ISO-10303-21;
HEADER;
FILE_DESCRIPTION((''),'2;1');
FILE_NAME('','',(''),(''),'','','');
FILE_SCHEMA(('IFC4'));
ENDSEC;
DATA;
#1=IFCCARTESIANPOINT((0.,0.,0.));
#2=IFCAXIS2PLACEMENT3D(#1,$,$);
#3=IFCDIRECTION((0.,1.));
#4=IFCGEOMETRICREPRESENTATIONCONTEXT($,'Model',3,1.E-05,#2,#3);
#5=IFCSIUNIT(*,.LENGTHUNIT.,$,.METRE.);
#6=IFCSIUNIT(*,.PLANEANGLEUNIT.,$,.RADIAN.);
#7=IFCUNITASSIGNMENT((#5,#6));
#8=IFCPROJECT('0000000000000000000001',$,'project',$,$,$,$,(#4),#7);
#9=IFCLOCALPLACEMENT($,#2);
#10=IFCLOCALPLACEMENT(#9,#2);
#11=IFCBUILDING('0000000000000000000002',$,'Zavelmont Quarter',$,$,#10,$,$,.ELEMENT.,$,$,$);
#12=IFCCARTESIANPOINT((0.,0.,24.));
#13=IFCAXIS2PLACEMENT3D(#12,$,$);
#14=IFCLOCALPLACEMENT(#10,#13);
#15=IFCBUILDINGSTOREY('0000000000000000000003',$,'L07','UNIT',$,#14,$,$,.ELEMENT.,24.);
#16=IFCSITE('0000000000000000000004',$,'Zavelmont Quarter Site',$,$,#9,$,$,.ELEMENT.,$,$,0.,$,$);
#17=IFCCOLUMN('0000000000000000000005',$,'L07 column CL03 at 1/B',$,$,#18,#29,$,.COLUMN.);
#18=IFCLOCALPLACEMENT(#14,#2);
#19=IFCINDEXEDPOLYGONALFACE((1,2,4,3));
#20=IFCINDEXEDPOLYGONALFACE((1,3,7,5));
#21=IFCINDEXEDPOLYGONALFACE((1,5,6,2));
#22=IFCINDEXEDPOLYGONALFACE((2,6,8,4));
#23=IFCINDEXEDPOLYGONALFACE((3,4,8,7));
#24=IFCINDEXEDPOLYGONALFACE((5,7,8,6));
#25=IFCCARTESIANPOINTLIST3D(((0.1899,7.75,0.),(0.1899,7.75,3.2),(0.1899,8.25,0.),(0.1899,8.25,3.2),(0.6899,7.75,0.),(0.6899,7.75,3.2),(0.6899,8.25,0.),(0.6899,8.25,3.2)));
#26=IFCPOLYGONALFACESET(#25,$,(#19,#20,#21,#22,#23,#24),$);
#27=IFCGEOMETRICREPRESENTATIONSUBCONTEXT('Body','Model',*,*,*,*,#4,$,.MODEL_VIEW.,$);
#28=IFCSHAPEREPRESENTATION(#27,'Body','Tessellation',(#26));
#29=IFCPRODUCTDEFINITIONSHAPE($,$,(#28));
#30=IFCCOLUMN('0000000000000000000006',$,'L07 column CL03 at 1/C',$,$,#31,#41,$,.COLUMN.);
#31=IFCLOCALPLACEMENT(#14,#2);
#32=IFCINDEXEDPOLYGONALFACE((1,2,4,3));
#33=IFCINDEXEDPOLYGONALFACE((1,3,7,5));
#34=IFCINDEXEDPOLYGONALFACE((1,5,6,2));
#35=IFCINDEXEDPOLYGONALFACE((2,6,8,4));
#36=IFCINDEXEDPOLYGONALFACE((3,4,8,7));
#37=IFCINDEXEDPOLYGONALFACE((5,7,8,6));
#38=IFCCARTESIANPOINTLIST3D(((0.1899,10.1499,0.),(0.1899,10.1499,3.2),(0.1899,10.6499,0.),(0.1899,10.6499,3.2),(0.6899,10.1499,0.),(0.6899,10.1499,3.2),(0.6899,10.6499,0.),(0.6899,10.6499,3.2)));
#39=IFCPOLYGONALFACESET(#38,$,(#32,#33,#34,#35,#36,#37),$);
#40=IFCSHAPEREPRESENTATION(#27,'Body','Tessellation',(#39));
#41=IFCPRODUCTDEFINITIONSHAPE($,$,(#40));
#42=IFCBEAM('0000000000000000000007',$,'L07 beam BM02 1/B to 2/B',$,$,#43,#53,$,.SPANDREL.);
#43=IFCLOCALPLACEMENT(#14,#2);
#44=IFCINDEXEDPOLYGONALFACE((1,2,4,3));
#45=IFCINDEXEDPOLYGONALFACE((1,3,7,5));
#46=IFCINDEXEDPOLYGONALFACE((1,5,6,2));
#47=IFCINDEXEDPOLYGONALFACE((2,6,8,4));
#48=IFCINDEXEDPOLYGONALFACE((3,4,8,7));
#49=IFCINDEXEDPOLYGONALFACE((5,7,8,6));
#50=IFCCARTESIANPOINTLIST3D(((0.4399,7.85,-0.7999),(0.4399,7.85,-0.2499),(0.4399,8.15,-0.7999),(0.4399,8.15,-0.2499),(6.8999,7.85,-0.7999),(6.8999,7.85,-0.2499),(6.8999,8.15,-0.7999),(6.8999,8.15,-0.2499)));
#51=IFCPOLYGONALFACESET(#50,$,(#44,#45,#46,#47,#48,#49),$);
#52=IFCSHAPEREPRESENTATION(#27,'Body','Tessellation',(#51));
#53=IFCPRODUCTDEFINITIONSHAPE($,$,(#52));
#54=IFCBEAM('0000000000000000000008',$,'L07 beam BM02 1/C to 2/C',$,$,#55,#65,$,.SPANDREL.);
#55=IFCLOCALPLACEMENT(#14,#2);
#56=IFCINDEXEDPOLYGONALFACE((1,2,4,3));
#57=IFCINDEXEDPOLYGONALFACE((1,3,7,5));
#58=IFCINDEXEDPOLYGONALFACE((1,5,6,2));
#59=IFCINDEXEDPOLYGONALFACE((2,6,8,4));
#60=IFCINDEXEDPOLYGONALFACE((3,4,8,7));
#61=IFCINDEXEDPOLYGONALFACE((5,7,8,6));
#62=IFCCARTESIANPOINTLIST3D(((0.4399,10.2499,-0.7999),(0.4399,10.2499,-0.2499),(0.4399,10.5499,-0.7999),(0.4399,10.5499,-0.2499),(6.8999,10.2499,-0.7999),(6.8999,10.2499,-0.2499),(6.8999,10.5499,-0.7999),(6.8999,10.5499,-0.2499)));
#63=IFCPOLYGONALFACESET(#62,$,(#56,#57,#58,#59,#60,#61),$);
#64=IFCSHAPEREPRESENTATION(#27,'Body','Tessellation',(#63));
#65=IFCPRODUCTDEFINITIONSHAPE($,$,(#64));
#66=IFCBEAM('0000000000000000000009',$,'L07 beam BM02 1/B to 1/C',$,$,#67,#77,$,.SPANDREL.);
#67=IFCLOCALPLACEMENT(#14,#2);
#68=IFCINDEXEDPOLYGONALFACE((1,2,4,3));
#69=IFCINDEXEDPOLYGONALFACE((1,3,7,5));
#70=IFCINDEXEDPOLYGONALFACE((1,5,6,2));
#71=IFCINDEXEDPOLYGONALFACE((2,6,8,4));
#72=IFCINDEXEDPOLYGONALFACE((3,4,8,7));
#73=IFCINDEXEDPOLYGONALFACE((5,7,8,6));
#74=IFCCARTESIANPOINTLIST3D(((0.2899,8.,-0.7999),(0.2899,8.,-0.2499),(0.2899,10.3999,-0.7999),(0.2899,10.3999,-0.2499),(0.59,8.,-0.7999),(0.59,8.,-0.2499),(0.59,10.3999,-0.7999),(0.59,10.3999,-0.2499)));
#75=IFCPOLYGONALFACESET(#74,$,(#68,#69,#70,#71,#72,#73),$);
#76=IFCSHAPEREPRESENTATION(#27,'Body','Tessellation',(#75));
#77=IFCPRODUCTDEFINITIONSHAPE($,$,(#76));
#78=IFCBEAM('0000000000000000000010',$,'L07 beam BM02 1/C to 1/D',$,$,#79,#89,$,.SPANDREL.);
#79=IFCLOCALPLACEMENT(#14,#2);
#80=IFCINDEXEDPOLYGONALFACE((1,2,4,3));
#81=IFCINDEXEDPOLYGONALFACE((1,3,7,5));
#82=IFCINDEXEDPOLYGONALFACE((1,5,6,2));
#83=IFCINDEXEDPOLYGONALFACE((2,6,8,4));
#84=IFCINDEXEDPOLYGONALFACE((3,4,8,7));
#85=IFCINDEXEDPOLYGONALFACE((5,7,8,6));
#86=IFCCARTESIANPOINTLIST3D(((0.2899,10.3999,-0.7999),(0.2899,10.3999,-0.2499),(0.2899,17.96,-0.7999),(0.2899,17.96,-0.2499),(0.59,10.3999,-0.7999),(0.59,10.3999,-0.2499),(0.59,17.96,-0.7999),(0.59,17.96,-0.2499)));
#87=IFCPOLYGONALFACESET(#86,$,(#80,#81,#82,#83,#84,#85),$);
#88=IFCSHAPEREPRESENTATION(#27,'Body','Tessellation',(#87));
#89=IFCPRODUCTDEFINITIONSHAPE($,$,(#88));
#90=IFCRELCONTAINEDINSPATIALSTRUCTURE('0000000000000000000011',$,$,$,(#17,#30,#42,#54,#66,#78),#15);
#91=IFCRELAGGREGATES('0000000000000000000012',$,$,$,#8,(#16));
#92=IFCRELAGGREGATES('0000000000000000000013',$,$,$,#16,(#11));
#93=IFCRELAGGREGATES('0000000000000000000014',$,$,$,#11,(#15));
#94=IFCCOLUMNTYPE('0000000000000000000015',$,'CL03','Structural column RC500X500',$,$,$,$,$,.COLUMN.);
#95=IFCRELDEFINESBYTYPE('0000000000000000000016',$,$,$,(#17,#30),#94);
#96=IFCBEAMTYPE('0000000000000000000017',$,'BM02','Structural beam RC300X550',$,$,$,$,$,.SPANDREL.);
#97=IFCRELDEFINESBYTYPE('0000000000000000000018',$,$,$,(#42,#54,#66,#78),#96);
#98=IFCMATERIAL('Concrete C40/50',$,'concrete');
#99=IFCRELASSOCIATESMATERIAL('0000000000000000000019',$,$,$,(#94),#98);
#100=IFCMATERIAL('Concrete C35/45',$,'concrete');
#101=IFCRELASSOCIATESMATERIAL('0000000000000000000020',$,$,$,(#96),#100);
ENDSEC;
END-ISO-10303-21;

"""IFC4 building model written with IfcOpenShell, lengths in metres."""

from ifc_helpers import new_model, si_unit, direction, frame, origin, origin_2d, place, context, subcontext, project, spatial, rectangle, extrude, material, material_profile, profile_set, type_object, element, save


model = new_model("IFC4")

# Units and contexts
model_context = context("Model", 3, precision=1e-05, world=origin(), true_north=direction((0.0, 1.0)))
body_context = subcontext(model_context, "Body", "Model", "MODEL_VIEW")
ifc_project = project(units=[si_unit("LENGTHUNIT", "METRE"), si_unit("PLANEANGLEUNIT", "RADIAN")], contexts=[model_context])

# Site, building, storey
site_placement = place(None, origin())
site = spatial("IfcSite", under=ifc_project, at=site_placement, Name="Zavelmont Quarter Site", CompositionType="ELEMENT", RefElevation=0.0)
building_placement = place(site_placement, origin())
building = spatial("IfcBuilding", under=site, at=building_placement, Name="Zavelmont Quarter", CompositionType="ELEMENT")
storey_placement = place(building_placement, frame((0.0, 0.0, 24.0)))
storey = spatial("IfcBuildingStorey", under=building, at=storey_placement, Name="L07", Description="UNIT", CompositionType="ELEMENT", Elevation=24.0)

# Columns
ifc_material_1 = material(Name="Concrete C40/50", Category="concrete")
ifc_material_profile_1 = material_profile(ifc_material_1, rectangle(XDim=0.5, YDim=0.5, at=origin_2d()), Name="RC500X500")
ifc_profile_set_1 = profile_set([ifc_material_profile_1], Name="Concrete C40/50")
column_type = type_object("IfcColumnType", Name="CL03", Description="Structural column RC500X500", PredefinedType="COLUMN", material=ifc_profile_set_1)
for number, where, z_axis, x_axis, name in (
    (1, (0.4399, 8.0, 0.0), (0.0, 0.0, 1.0), (1.0, 0.0, 0.0), "L07 column CL03 at 1/B"),
    (2, (0.4399, 10.3999, 0.0), (0.0, 0.0, 1.0), (1.0, 0.0, 0.0), "L07 column CL03 at 1/C"),
):
    element("IfcColumn", number, at=place(storey_placement, frame(where, z_axis=z_axis, x_axis=x_axis)), inside=storey, type_object=column_type, Name=name, PredefinedType="COLUMN", context=body_context, shape_type="SweptSolid", body=[
        extrude(rectangle(XDim=0.5, YDim=0.5, at=origin_2d()), origin(), (0.0, 0.0, 1.0), 3.2),
    ])

# Beams
ifc_material_2 = material(Name="Concrete C35/45", Category="concrete")
ifc_material_profile_2 = material_profile(ifc_material_2, rectangle(XDim=0.3, YDim=0.55, at=origin_2d()), Name="RC300X550")
ifc_profile_set_2 = profile_set([ifc_material_profile_2], Name="Concrete C35/45")
beam_type = type_object("IfcBeamType", Name="BM02", Description="Structural beam RC300X550", PredefinedType="SPANDREL", material=ifc_profile_set_2)
for number, where, z_axis, x_axis, name in (
    (3, (0.4399, 8.0, -0.5249), (1.0, 0.0, 0.0), (0.0, 1.0, 0.0), "L07 beam BM02 1/B to 2/B"),
    (4, (0.4399, 10.3999, -0.5249), (1.0, 0.0, 0.0), (0.0, 1.0, 0.0), "L07 beam BM02 1/C to 2/C"),
):
    element("IfcBeam", number, at=place(storey_placement, frame(where, z_axis=z_axis, x_axis=x_axis)), inside=storey, type_object=beam_type, Name=name, PredefinedType="SPANDREL", context=body_context, shape_type="SweptSolid", body=[
        extrude(rectangle(XDim=0.3, YDim=0.55, at=origin_2d()), origin(), (0.0, 0.0, 1.0), 6.46),
    ])
beam_1_placement = place(storey_placement, frame((0.4399, 8.0, -0.5249), z_axis=(0.0, 1.0, 0.0), x_axis=(-1.0, 0.0, 0.0)))
element("IfcBeam", 5, at=beam_1_placement, inside=storey, type_object=beam_type, Name="L07 beam BM02 1/B to 1/C", PredefinedType="SPANDREL", context=body_context, shape_type="SweptSolid", body=[
    extrude(rectangle(XDim=0.3, YDim=0.55, at=origin_2d()), origin(), (0.0, 0.0, 1.0), 2.3999),
])
beam_2_placement = place(storey_placement, frame((0.4399, 10.3999, -0.5249), z_axis=(0.0, 1.0, 0.0), x_axis=(-1.0, 0.0, 0.0)))
element("IfcBeam", 6, at=beam_2_placement, inside=storey, type_object=beam_type, Name="L07 beam BM02 1/C to 1/D", PredefinedType="SPANDREL", context=body_context, shape_type="SweptSolid", body=[
    extrude(rectangle(XDim=0.3, YDim=0.55, at=origin_2d()), origin(), (0.0, 0.0, 1.0), 7.5601),
])

save(model, "model.ifc")
